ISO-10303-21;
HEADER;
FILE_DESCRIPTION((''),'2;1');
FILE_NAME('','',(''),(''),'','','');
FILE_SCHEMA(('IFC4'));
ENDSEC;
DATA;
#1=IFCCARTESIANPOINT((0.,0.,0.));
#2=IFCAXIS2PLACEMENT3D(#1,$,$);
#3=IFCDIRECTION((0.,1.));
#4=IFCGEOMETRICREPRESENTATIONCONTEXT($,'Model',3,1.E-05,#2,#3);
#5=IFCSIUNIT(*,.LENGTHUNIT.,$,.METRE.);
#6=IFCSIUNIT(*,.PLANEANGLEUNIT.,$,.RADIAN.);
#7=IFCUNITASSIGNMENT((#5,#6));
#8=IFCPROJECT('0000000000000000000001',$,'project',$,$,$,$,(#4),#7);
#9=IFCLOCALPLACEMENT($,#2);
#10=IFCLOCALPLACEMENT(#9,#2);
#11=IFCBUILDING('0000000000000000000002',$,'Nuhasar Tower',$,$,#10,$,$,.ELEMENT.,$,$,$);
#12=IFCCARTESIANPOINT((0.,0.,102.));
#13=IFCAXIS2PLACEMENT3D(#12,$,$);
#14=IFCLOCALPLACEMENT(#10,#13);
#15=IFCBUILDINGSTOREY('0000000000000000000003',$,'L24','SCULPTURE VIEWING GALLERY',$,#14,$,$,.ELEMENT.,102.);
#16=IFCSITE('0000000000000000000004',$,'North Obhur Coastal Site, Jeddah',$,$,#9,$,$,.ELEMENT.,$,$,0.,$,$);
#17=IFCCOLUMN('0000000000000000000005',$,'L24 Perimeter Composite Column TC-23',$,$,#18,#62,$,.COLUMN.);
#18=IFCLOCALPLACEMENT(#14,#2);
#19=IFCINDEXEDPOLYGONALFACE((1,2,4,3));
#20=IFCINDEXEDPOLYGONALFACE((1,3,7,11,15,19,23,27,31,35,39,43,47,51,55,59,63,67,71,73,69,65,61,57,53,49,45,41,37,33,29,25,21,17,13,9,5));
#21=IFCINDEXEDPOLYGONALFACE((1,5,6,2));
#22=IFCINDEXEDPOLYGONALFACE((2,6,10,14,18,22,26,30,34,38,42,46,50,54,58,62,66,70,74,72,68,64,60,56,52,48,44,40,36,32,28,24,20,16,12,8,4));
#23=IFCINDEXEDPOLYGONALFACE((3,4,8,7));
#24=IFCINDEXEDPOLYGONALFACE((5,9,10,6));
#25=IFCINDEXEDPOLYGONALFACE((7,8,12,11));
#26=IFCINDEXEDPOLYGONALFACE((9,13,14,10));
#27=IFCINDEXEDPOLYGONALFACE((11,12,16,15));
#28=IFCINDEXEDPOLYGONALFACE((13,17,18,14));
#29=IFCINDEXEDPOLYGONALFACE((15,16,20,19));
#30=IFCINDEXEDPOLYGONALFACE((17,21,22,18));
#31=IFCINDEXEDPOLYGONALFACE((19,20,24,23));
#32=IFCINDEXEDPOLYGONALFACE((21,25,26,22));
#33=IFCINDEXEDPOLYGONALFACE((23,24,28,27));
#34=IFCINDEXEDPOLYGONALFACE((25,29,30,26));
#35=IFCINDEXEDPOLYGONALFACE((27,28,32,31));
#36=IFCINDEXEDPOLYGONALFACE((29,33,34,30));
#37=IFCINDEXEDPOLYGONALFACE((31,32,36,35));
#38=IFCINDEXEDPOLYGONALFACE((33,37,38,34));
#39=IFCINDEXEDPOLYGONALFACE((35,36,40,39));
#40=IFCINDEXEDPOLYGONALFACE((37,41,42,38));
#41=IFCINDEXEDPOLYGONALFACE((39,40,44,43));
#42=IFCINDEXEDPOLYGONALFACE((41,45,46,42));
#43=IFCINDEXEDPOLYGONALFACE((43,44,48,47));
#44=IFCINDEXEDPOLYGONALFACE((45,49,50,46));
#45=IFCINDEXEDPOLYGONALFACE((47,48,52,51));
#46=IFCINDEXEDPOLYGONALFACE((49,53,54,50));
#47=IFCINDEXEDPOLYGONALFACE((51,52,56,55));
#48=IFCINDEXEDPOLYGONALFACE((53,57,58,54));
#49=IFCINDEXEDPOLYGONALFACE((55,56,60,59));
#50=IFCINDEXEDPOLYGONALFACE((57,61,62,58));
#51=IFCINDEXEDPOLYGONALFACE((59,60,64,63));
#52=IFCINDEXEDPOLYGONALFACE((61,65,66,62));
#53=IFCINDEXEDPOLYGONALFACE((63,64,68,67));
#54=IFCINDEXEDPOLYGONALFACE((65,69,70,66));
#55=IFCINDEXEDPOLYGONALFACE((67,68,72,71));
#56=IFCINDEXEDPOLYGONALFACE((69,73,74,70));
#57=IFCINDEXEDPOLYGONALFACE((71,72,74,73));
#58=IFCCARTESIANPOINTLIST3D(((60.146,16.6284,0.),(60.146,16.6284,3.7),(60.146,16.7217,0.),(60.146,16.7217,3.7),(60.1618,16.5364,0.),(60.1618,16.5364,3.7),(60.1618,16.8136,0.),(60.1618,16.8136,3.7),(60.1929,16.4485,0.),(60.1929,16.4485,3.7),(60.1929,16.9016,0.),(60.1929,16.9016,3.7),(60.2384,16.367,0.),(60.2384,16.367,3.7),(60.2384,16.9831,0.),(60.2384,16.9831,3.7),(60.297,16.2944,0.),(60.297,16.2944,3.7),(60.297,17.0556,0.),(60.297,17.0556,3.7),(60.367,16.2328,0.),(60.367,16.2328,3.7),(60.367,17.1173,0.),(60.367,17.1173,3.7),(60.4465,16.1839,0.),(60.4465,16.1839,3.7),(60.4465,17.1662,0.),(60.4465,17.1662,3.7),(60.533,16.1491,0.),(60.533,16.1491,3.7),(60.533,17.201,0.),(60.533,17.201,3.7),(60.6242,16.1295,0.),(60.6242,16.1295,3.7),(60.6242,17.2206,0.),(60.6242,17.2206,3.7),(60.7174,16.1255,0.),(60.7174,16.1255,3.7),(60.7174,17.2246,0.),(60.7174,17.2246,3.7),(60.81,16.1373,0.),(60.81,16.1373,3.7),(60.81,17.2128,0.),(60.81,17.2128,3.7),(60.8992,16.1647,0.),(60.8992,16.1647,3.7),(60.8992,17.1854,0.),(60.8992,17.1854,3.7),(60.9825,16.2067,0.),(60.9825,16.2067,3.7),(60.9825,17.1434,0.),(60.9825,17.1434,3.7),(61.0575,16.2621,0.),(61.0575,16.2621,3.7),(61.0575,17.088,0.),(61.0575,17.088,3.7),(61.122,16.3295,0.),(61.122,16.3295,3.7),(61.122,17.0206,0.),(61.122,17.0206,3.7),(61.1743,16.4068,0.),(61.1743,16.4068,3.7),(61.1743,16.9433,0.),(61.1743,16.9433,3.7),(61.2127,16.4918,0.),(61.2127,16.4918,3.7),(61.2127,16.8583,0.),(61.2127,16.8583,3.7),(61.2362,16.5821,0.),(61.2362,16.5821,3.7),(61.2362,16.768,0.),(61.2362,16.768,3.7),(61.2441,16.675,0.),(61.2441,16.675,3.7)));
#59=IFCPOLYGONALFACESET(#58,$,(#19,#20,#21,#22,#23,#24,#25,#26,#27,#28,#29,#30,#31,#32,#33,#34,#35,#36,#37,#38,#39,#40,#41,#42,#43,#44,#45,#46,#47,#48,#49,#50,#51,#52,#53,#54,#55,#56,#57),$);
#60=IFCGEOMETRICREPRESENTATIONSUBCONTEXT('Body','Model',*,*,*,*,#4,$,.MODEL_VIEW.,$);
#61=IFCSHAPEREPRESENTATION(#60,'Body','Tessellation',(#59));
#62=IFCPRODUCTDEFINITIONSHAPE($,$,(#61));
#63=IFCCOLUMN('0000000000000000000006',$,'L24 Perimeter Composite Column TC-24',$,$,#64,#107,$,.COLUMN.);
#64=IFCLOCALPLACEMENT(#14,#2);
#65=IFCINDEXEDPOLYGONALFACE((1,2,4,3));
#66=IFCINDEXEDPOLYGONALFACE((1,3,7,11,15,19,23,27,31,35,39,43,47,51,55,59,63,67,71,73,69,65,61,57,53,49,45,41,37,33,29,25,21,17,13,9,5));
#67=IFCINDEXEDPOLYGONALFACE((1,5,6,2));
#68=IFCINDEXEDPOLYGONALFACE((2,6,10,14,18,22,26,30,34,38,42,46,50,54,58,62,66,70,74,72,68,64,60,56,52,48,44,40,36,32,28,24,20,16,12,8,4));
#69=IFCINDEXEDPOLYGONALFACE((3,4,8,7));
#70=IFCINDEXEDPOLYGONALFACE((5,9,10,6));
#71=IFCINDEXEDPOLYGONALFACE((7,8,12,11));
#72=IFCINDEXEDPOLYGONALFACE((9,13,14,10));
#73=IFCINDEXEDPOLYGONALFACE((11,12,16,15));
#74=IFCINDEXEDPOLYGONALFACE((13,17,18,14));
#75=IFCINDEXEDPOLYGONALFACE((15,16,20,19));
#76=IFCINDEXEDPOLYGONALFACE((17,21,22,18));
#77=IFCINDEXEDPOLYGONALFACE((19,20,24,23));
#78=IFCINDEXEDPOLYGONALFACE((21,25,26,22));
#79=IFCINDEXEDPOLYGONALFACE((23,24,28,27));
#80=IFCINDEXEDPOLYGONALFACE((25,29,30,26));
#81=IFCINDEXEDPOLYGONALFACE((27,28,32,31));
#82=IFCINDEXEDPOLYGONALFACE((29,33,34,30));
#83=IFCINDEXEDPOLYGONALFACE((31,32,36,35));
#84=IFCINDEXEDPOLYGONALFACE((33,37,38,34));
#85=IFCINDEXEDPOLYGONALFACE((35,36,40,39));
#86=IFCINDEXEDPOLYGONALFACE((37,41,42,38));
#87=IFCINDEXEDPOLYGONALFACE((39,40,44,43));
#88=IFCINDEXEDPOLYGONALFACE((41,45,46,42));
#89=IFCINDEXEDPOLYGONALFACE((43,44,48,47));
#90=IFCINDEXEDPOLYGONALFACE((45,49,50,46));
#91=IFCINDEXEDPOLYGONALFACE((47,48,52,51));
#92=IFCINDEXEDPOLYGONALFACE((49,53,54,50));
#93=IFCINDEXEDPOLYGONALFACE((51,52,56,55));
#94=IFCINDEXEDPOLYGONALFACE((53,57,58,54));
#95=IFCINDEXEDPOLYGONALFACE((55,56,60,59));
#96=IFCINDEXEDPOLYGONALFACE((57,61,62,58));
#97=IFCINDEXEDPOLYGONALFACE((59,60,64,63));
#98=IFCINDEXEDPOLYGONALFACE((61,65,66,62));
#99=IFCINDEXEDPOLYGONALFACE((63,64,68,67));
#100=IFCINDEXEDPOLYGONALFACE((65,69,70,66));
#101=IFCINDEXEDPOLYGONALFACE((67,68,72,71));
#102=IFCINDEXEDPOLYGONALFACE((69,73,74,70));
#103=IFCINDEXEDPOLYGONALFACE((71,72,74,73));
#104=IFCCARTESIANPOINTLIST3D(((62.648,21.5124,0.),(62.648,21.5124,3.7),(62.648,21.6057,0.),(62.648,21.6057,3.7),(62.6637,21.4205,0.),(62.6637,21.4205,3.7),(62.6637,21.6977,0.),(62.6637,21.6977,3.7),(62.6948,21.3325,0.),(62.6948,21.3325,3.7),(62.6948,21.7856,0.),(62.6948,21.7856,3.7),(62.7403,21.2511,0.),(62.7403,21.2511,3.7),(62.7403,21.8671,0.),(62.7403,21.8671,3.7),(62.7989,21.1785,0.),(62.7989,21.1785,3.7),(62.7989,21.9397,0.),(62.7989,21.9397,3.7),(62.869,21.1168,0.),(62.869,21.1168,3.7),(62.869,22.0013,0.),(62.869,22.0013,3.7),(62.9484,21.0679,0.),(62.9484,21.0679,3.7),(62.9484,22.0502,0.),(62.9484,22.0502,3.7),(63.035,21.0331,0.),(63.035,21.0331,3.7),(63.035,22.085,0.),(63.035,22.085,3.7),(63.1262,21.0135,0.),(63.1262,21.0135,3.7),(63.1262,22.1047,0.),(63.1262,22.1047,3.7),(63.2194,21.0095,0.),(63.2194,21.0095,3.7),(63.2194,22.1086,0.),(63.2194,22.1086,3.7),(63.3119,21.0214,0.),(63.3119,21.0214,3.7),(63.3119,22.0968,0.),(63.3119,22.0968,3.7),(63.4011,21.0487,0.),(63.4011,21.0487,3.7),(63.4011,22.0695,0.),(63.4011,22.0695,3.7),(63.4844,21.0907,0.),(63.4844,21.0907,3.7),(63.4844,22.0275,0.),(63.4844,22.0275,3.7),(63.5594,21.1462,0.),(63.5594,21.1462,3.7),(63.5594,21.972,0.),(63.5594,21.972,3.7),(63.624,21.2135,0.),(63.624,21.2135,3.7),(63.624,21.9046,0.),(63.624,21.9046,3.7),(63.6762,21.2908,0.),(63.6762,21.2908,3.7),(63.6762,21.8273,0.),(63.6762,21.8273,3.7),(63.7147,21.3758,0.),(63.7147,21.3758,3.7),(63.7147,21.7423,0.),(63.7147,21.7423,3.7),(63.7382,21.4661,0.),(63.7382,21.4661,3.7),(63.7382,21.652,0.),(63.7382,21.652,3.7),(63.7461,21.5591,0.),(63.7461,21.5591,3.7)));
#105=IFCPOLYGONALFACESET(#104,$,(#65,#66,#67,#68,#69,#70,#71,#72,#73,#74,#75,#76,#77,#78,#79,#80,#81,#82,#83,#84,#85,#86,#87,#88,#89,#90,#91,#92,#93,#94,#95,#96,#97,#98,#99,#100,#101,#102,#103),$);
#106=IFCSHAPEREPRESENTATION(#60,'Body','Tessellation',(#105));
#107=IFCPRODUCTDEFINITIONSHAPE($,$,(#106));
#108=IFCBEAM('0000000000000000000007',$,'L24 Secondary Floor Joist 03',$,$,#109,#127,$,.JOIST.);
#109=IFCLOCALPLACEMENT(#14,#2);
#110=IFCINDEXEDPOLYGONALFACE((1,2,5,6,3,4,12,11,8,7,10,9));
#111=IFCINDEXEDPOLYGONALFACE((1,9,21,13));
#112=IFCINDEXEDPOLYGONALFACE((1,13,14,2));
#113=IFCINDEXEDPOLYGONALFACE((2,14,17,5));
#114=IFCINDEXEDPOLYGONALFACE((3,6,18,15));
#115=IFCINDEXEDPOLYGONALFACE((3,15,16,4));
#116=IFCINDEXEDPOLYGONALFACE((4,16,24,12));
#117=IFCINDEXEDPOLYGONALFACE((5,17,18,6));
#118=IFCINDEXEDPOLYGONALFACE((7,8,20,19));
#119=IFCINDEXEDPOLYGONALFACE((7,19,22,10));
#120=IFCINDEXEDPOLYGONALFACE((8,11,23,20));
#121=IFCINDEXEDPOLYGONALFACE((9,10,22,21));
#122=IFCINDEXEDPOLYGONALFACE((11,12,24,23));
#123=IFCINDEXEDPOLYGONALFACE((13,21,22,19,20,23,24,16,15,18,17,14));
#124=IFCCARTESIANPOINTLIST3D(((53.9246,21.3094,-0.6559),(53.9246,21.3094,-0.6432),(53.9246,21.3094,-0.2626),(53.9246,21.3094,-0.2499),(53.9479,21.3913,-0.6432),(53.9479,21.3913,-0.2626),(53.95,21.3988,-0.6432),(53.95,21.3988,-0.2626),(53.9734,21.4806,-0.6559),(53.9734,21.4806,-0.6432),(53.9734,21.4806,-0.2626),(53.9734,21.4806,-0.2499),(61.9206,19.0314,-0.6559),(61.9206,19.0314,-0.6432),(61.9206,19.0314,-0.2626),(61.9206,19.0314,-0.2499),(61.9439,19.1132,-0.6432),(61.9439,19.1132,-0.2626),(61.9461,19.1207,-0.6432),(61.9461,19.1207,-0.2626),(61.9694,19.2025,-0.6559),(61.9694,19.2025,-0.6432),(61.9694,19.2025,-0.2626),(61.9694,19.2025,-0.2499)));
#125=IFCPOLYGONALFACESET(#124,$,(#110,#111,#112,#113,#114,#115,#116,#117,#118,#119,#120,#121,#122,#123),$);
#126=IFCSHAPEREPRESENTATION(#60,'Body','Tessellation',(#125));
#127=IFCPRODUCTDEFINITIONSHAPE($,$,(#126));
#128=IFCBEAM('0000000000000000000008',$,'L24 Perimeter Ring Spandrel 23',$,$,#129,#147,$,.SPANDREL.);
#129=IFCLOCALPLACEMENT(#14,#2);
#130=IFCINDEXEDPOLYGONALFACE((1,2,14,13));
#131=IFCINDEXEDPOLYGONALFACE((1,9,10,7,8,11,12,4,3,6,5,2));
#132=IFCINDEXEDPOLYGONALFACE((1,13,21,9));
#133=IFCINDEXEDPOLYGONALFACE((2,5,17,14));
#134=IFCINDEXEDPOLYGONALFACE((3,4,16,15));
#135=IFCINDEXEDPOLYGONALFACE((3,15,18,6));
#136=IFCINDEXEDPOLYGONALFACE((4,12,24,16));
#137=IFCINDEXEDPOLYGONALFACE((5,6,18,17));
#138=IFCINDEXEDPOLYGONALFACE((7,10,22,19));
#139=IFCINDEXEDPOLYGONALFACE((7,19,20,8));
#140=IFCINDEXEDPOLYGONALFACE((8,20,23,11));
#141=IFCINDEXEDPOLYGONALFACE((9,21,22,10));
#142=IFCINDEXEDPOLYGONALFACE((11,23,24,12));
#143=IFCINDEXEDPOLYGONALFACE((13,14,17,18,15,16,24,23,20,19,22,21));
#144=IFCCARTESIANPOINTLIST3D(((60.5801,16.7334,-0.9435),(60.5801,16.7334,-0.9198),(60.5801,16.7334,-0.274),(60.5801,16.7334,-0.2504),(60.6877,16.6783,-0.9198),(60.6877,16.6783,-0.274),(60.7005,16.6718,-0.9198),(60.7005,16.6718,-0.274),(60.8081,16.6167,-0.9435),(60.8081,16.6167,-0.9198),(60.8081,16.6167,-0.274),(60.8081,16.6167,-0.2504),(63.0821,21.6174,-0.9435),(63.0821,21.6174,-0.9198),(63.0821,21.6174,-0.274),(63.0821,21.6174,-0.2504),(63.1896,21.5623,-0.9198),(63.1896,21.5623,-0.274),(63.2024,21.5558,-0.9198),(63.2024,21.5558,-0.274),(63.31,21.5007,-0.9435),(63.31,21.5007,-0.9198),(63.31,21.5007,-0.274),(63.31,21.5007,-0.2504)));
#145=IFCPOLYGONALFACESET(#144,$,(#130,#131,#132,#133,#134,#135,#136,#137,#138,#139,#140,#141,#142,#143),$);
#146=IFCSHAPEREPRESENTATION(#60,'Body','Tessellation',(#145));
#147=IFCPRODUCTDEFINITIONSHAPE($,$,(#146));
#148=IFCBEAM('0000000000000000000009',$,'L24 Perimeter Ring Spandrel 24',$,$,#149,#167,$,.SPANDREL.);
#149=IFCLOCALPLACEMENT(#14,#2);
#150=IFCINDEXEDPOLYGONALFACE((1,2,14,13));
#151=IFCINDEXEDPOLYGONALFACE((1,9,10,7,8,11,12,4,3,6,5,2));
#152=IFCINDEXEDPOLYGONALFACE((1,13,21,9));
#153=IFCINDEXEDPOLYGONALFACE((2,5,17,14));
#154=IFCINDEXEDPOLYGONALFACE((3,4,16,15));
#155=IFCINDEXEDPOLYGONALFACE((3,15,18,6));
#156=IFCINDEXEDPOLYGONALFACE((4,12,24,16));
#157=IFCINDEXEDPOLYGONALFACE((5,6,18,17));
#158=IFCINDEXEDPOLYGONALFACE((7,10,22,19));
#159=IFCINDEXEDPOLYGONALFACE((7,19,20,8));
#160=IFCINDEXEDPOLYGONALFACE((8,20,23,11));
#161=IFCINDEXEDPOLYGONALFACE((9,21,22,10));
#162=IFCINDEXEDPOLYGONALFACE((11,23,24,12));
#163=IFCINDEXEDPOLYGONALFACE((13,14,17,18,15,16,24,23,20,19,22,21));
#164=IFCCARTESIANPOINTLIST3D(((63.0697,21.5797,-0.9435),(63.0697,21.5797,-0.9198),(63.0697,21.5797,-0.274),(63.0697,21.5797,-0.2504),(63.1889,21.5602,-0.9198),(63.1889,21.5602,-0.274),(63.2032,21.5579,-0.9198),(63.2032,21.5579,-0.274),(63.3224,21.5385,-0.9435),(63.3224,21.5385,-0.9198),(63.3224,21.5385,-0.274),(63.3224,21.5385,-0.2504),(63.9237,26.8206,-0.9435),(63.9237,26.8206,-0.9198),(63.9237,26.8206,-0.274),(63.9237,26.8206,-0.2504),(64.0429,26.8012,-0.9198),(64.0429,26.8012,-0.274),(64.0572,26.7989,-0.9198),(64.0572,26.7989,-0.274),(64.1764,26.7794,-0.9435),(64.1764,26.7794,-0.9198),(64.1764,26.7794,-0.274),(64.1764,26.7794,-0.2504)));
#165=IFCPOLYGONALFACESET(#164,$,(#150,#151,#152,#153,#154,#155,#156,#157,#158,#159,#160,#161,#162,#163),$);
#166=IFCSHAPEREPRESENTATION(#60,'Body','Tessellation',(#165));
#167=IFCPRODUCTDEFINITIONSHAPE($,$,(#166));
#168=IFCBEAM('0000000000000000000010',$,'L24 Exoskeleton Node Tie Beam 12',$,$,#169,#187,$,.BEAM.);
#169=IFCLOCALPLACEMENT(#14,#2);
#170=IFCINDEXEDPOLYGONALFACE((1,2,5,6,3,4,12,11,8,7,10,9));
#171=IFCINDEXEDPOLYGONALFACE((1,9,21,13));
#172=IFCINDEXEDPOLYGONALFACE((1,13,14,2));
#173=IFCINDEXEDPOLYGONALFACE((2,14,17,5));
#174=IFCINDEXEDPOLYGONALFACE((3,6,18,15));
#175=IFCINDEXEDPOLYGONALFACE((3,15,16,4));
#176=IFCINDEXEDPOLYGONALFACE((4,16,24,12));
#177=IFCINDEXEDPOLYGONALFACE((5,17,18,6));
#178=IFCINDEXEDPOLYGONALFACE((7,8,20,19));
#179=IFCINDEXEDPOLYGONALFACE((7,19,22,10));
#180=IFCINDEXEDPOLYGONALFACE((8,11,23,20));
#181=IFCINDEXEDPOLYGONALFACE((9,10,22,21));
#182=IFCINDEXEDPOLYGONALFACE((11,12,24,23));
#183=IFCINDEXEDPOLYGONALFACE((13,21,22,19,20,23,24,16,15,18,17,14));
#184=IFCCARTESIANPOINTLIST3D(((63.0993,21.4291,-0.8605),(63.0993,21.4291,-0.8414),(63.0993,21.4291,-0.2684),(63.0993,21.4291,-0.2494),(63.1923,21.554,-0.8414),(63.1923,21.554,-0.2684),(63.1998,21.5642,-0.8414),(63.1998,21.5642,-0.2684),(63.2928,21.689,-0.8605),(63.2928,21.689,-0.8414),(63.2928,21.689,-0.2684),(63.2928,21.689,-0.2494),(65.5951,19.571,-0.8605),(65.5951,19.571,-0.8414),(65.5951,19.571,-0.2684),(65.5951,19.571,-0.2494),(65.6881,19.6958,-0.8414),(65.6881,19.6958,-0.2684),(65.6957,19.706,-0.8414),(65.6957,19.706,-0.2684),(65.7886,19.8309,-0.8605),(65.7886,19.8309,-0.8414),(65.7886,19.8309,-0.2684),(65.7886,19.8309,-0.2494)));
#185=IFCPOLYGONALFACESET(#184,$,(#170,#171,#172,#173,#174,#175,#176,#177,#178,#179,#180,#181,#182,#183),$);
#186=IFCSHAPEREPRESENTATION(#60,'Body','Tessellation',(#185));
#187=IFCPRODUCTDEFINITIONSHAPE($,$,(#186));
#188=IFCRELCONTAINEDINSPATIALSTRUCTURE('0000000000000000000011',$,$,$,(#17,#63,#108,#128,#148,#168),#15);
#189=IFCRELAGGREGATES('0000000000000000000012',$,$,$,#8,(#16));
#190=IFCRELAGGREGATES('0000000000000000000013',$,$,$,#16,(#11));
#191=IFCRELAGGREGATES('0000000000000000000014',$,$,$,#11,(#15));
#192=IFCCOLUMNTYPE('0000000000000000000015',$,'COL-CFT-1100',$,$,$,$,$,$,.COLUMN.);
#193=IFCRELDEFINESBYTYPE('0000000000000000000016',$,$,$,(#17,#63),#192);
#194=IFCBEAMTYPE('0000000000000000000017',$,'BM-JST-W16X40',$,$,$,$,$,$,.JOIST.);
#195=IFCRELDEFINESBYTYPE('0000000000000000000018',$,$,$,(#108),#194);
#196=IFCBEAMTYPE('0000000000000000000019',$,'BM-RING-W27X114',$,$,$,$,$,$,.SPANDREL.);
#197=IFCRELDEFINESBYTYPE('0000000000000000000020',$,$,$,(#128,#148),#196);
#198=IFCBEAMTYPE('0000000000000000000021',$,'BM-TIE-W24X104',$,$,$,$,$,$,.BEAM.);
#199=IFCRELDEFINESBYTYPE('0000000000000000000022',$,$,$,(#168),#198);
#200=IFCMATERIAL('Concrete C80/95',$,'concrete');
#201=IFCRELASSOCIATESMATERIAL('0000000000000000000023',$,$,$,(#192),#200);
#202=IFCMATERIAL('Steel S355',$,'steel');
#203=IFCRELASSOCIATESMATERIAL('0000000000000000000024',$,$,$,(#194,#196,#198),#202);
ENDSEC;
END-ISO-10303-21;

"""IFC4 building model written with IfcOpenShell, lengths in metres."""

from ifc_helpers import new_model, si_unit, direction, frame, origin, origin_2d, place, context, subcontext, project, spatial, circle, i_section, extrude, material, material_profile, profile_set, type_object, element, save


model = new_model("IFC4")

# Units and contexts
model_context = context("Model", 3, precision=1e-05, world=origin(), true_north=direction((0.0, 1.0)))
body_context = subcontext(model_context, "Body", "Model", "MODEL_VIEW")
ifc_project = project(units=[si_unit("LENGTHUNIT", "METRE"), si_unit("PLANEANGLEUNIT", "RADIAN")], contexts=[model_context])

# Site, building, storey
site_placement = place(None, origin())
site = spatial("IfcSite", under=ifc_project, at=site_placement, Name="North Obhur Coastal Site, Jeddah", CompositionType="ELEMENT", RefElevation=0.0)
building_placement = place(site_placement, origin())
building = spatial("IfcBuilding", under=site, at=building_placement, Name="Nuhasar Tower", CompositionType="ELEMENT")
storey_placement = place(building_placement, frame((0.0, 0.0, 102.0)))
storey = spatial("IfcBuildingStorey", under=building, at=storey_placement, Name="L24", Description="SCULPTURE VIEWING GALLERY", CompositionType="ELEMENT", Elevation=102.0)

# Columns
ifc_material_1 = material(Name="Concrete C80/95", Category="concrete")
ifc_material_profile_1 = material_profile(ifc_material_1, circle(Radius=0.55, at=origin_2d()), Name="CFT1100")
ifc_profile_set_1 = profile_set([ifc_material_profile_1], Name="Concrete C80/95")
column_type = type_object("IfcColumnType", Name="COL-CFT-1100", PredefinedType="COLUMN", material=ifc_profile_set_1)
for number, where, z_axis, x_axis, name in (
    (1, (60.6941, 16.675, 0.0), (0.0, 0.0, 1.0), (1.0, 0.0, 0.0), "L24 Perimeter Composite Column TC-23"),
    (2, (63.196, 21.5591, 0.0), (0.0, 0.0, 1.0), (1.0, 0.0, 0.0), "L24 Perimeter Composite Column TC-24"),
):
    element("IfcColumn", number, at=place(storey_placement, frame(where, z_axis=z_axis, x_axis=x_axis)), inside=storey, type_object=column_type, Name=name, PredefinedType="COLUMN", context=body_context, shape_type="SweptSolid", body=[
        extrude(circle(Radius=0.55, at=origin_2d()), origin(), (0.0, 0.0, 1.0), 3.7),
    ])

# Beams
ifc_material_2 = material(Name="Steel S355", Category="steel")
ifc_material_profile_2 = material_profile(ifc_material_2, i_section(OverallWidth=0.178, OverallDepth=0.406, WebThickness=0.0078, FlangeThickness=0.0127, at=origin_2d()), Name="W16X40")
ifc_profile_set_2 = profile_set([ifc_material_profile_2], Name="Steel S355")
beam_type_1 = type_object("IfcBeamType", Name="BM-JST-W16X40", PredefinedType="JOIST", material=ifc_profile_set_2)
beam_1_placement = place(storey_placement, frame((53.949, 21.395, -0.4529), z_axis=(0.961731, -0.273996, 0.0), x_axis=(0.273996, 0.961731, 0.0)))
element("IfcBeam", 3, at=beam_1_placement, inside=storey, type_object=beam_type_1, Name="L24 Secondary Floor Joist 03", PredefinedType="JOIST", context=body_context, shape_type="SweptSolid", body=[
    extrude(i_section(OverallWidth=0.178, OverallDepth=0.406, WebThickness=0.0078, FlangeThickness=0.0127, at=origin_2d()), origin(), (0.0, 0.0, 1.0), 8.3142),
])
ifc_material_profile_3 = material_profile(ifc_material_2, i_section(OverallWidth=0.2561, OverallDepth=0.6931, WebThickness=0.0144, FlangeThickness=0.0237, at=origin_2d()), Name="W27X114")
ifc_profile_set_3 = profile_set([ifc_material_profile_3], Name="Steel S355")
beam_type_2 = type_object("IfcBeamType", Name="BM-RING-W27X114", PredefinedType="SPANDREL", material=ifc_profile_set_3)
beam_2_placement = place(storey_placement, frame((60.6941, 16.675, -0.5969), z_axis=(0.45593, 0.890016, 0.0), x_axis=(-0.890016, 0.45593, 0.0)))
element("IfcBeam", 4, at=beam_2_placement, inside=storey, type_object=beam_type_2, Name="L24 Perimeter Ring Spandrel 23", PredefinedType="SPANDREL", context=body_context, shape_type="SweptSolid", body=[
    extrude(i_section(OverallWidth=0.2561, OverallDepth=0.6931, WebThickness=0.0144, FlangeThickness=0.0237, at=origin_2d()), origin(), (0.0, 0.0, 1.0), 5.4875),
])
beam_3_placement = place(storey_placement, frame((63.196, 21.5591, -0.5969), z_axis=(0.160827, 0.986983, 0.0), x_axis=(-0.986983, 0.160827, 0.0)))
element("IfcBeam", 5, at=beam_3_placement, inside=storey, type_object=beam_type_2, Name="L24 Perimeter Ring Spandrel 24", PredefinedType="SPANDREL", context=body_context, shape_type="SweptSolid", body=[
    extrude(i_section(OverallWidth=0.2561, OverallDepth=0.6931, WebThickness=0.0144, FlangeThickness=0.0237, at=origin_2d()), origin(), (0.0, 0.0, 1.0), 5.3101),
])
ifc_material_profile_4 = material_profile(ifc_material_2, i_section(OverallWidth=0.324, OverallDepth=0.6111, WebThickness=0.0127, FlangeThickness=0.019, at=origin_2d()), Name="W24X104")
ifc_profile_set_4 = profile_set([ifc_material_profile_4], Name="Steel S355")
beam_type_3 = type_object("IfcBeamType", Name="BM-TIE-W24X104", PredefinedType="BEAM", material=ifc_profile_set_4)
beam_4_placement = place(storey_placement, frame((63.196, 21.5591, -0.5549), z_axis=(0.802113, -0.597172, 0.0), x_axis=(0.597172, 0.802113, 0.0)))
element("IfcBeam", 6, at=beam_4_placement, inside=storey, type_object=beam_type_3, Name="L24 Exoskeleton Node Tie Beam 12", PredefinedType="BEAM", context=body_context, shape_type="SweptSolid", body=[
    extrude(i_section(OverallWidth=0.324, OverallDepth=0.6111, WebThickness=0.0127, FlangeThickness=0.019, at=origin_2d()), origin(), (0.0, 0.0, 1.0), 3.1116),
])

save(model, "model.ifc")
